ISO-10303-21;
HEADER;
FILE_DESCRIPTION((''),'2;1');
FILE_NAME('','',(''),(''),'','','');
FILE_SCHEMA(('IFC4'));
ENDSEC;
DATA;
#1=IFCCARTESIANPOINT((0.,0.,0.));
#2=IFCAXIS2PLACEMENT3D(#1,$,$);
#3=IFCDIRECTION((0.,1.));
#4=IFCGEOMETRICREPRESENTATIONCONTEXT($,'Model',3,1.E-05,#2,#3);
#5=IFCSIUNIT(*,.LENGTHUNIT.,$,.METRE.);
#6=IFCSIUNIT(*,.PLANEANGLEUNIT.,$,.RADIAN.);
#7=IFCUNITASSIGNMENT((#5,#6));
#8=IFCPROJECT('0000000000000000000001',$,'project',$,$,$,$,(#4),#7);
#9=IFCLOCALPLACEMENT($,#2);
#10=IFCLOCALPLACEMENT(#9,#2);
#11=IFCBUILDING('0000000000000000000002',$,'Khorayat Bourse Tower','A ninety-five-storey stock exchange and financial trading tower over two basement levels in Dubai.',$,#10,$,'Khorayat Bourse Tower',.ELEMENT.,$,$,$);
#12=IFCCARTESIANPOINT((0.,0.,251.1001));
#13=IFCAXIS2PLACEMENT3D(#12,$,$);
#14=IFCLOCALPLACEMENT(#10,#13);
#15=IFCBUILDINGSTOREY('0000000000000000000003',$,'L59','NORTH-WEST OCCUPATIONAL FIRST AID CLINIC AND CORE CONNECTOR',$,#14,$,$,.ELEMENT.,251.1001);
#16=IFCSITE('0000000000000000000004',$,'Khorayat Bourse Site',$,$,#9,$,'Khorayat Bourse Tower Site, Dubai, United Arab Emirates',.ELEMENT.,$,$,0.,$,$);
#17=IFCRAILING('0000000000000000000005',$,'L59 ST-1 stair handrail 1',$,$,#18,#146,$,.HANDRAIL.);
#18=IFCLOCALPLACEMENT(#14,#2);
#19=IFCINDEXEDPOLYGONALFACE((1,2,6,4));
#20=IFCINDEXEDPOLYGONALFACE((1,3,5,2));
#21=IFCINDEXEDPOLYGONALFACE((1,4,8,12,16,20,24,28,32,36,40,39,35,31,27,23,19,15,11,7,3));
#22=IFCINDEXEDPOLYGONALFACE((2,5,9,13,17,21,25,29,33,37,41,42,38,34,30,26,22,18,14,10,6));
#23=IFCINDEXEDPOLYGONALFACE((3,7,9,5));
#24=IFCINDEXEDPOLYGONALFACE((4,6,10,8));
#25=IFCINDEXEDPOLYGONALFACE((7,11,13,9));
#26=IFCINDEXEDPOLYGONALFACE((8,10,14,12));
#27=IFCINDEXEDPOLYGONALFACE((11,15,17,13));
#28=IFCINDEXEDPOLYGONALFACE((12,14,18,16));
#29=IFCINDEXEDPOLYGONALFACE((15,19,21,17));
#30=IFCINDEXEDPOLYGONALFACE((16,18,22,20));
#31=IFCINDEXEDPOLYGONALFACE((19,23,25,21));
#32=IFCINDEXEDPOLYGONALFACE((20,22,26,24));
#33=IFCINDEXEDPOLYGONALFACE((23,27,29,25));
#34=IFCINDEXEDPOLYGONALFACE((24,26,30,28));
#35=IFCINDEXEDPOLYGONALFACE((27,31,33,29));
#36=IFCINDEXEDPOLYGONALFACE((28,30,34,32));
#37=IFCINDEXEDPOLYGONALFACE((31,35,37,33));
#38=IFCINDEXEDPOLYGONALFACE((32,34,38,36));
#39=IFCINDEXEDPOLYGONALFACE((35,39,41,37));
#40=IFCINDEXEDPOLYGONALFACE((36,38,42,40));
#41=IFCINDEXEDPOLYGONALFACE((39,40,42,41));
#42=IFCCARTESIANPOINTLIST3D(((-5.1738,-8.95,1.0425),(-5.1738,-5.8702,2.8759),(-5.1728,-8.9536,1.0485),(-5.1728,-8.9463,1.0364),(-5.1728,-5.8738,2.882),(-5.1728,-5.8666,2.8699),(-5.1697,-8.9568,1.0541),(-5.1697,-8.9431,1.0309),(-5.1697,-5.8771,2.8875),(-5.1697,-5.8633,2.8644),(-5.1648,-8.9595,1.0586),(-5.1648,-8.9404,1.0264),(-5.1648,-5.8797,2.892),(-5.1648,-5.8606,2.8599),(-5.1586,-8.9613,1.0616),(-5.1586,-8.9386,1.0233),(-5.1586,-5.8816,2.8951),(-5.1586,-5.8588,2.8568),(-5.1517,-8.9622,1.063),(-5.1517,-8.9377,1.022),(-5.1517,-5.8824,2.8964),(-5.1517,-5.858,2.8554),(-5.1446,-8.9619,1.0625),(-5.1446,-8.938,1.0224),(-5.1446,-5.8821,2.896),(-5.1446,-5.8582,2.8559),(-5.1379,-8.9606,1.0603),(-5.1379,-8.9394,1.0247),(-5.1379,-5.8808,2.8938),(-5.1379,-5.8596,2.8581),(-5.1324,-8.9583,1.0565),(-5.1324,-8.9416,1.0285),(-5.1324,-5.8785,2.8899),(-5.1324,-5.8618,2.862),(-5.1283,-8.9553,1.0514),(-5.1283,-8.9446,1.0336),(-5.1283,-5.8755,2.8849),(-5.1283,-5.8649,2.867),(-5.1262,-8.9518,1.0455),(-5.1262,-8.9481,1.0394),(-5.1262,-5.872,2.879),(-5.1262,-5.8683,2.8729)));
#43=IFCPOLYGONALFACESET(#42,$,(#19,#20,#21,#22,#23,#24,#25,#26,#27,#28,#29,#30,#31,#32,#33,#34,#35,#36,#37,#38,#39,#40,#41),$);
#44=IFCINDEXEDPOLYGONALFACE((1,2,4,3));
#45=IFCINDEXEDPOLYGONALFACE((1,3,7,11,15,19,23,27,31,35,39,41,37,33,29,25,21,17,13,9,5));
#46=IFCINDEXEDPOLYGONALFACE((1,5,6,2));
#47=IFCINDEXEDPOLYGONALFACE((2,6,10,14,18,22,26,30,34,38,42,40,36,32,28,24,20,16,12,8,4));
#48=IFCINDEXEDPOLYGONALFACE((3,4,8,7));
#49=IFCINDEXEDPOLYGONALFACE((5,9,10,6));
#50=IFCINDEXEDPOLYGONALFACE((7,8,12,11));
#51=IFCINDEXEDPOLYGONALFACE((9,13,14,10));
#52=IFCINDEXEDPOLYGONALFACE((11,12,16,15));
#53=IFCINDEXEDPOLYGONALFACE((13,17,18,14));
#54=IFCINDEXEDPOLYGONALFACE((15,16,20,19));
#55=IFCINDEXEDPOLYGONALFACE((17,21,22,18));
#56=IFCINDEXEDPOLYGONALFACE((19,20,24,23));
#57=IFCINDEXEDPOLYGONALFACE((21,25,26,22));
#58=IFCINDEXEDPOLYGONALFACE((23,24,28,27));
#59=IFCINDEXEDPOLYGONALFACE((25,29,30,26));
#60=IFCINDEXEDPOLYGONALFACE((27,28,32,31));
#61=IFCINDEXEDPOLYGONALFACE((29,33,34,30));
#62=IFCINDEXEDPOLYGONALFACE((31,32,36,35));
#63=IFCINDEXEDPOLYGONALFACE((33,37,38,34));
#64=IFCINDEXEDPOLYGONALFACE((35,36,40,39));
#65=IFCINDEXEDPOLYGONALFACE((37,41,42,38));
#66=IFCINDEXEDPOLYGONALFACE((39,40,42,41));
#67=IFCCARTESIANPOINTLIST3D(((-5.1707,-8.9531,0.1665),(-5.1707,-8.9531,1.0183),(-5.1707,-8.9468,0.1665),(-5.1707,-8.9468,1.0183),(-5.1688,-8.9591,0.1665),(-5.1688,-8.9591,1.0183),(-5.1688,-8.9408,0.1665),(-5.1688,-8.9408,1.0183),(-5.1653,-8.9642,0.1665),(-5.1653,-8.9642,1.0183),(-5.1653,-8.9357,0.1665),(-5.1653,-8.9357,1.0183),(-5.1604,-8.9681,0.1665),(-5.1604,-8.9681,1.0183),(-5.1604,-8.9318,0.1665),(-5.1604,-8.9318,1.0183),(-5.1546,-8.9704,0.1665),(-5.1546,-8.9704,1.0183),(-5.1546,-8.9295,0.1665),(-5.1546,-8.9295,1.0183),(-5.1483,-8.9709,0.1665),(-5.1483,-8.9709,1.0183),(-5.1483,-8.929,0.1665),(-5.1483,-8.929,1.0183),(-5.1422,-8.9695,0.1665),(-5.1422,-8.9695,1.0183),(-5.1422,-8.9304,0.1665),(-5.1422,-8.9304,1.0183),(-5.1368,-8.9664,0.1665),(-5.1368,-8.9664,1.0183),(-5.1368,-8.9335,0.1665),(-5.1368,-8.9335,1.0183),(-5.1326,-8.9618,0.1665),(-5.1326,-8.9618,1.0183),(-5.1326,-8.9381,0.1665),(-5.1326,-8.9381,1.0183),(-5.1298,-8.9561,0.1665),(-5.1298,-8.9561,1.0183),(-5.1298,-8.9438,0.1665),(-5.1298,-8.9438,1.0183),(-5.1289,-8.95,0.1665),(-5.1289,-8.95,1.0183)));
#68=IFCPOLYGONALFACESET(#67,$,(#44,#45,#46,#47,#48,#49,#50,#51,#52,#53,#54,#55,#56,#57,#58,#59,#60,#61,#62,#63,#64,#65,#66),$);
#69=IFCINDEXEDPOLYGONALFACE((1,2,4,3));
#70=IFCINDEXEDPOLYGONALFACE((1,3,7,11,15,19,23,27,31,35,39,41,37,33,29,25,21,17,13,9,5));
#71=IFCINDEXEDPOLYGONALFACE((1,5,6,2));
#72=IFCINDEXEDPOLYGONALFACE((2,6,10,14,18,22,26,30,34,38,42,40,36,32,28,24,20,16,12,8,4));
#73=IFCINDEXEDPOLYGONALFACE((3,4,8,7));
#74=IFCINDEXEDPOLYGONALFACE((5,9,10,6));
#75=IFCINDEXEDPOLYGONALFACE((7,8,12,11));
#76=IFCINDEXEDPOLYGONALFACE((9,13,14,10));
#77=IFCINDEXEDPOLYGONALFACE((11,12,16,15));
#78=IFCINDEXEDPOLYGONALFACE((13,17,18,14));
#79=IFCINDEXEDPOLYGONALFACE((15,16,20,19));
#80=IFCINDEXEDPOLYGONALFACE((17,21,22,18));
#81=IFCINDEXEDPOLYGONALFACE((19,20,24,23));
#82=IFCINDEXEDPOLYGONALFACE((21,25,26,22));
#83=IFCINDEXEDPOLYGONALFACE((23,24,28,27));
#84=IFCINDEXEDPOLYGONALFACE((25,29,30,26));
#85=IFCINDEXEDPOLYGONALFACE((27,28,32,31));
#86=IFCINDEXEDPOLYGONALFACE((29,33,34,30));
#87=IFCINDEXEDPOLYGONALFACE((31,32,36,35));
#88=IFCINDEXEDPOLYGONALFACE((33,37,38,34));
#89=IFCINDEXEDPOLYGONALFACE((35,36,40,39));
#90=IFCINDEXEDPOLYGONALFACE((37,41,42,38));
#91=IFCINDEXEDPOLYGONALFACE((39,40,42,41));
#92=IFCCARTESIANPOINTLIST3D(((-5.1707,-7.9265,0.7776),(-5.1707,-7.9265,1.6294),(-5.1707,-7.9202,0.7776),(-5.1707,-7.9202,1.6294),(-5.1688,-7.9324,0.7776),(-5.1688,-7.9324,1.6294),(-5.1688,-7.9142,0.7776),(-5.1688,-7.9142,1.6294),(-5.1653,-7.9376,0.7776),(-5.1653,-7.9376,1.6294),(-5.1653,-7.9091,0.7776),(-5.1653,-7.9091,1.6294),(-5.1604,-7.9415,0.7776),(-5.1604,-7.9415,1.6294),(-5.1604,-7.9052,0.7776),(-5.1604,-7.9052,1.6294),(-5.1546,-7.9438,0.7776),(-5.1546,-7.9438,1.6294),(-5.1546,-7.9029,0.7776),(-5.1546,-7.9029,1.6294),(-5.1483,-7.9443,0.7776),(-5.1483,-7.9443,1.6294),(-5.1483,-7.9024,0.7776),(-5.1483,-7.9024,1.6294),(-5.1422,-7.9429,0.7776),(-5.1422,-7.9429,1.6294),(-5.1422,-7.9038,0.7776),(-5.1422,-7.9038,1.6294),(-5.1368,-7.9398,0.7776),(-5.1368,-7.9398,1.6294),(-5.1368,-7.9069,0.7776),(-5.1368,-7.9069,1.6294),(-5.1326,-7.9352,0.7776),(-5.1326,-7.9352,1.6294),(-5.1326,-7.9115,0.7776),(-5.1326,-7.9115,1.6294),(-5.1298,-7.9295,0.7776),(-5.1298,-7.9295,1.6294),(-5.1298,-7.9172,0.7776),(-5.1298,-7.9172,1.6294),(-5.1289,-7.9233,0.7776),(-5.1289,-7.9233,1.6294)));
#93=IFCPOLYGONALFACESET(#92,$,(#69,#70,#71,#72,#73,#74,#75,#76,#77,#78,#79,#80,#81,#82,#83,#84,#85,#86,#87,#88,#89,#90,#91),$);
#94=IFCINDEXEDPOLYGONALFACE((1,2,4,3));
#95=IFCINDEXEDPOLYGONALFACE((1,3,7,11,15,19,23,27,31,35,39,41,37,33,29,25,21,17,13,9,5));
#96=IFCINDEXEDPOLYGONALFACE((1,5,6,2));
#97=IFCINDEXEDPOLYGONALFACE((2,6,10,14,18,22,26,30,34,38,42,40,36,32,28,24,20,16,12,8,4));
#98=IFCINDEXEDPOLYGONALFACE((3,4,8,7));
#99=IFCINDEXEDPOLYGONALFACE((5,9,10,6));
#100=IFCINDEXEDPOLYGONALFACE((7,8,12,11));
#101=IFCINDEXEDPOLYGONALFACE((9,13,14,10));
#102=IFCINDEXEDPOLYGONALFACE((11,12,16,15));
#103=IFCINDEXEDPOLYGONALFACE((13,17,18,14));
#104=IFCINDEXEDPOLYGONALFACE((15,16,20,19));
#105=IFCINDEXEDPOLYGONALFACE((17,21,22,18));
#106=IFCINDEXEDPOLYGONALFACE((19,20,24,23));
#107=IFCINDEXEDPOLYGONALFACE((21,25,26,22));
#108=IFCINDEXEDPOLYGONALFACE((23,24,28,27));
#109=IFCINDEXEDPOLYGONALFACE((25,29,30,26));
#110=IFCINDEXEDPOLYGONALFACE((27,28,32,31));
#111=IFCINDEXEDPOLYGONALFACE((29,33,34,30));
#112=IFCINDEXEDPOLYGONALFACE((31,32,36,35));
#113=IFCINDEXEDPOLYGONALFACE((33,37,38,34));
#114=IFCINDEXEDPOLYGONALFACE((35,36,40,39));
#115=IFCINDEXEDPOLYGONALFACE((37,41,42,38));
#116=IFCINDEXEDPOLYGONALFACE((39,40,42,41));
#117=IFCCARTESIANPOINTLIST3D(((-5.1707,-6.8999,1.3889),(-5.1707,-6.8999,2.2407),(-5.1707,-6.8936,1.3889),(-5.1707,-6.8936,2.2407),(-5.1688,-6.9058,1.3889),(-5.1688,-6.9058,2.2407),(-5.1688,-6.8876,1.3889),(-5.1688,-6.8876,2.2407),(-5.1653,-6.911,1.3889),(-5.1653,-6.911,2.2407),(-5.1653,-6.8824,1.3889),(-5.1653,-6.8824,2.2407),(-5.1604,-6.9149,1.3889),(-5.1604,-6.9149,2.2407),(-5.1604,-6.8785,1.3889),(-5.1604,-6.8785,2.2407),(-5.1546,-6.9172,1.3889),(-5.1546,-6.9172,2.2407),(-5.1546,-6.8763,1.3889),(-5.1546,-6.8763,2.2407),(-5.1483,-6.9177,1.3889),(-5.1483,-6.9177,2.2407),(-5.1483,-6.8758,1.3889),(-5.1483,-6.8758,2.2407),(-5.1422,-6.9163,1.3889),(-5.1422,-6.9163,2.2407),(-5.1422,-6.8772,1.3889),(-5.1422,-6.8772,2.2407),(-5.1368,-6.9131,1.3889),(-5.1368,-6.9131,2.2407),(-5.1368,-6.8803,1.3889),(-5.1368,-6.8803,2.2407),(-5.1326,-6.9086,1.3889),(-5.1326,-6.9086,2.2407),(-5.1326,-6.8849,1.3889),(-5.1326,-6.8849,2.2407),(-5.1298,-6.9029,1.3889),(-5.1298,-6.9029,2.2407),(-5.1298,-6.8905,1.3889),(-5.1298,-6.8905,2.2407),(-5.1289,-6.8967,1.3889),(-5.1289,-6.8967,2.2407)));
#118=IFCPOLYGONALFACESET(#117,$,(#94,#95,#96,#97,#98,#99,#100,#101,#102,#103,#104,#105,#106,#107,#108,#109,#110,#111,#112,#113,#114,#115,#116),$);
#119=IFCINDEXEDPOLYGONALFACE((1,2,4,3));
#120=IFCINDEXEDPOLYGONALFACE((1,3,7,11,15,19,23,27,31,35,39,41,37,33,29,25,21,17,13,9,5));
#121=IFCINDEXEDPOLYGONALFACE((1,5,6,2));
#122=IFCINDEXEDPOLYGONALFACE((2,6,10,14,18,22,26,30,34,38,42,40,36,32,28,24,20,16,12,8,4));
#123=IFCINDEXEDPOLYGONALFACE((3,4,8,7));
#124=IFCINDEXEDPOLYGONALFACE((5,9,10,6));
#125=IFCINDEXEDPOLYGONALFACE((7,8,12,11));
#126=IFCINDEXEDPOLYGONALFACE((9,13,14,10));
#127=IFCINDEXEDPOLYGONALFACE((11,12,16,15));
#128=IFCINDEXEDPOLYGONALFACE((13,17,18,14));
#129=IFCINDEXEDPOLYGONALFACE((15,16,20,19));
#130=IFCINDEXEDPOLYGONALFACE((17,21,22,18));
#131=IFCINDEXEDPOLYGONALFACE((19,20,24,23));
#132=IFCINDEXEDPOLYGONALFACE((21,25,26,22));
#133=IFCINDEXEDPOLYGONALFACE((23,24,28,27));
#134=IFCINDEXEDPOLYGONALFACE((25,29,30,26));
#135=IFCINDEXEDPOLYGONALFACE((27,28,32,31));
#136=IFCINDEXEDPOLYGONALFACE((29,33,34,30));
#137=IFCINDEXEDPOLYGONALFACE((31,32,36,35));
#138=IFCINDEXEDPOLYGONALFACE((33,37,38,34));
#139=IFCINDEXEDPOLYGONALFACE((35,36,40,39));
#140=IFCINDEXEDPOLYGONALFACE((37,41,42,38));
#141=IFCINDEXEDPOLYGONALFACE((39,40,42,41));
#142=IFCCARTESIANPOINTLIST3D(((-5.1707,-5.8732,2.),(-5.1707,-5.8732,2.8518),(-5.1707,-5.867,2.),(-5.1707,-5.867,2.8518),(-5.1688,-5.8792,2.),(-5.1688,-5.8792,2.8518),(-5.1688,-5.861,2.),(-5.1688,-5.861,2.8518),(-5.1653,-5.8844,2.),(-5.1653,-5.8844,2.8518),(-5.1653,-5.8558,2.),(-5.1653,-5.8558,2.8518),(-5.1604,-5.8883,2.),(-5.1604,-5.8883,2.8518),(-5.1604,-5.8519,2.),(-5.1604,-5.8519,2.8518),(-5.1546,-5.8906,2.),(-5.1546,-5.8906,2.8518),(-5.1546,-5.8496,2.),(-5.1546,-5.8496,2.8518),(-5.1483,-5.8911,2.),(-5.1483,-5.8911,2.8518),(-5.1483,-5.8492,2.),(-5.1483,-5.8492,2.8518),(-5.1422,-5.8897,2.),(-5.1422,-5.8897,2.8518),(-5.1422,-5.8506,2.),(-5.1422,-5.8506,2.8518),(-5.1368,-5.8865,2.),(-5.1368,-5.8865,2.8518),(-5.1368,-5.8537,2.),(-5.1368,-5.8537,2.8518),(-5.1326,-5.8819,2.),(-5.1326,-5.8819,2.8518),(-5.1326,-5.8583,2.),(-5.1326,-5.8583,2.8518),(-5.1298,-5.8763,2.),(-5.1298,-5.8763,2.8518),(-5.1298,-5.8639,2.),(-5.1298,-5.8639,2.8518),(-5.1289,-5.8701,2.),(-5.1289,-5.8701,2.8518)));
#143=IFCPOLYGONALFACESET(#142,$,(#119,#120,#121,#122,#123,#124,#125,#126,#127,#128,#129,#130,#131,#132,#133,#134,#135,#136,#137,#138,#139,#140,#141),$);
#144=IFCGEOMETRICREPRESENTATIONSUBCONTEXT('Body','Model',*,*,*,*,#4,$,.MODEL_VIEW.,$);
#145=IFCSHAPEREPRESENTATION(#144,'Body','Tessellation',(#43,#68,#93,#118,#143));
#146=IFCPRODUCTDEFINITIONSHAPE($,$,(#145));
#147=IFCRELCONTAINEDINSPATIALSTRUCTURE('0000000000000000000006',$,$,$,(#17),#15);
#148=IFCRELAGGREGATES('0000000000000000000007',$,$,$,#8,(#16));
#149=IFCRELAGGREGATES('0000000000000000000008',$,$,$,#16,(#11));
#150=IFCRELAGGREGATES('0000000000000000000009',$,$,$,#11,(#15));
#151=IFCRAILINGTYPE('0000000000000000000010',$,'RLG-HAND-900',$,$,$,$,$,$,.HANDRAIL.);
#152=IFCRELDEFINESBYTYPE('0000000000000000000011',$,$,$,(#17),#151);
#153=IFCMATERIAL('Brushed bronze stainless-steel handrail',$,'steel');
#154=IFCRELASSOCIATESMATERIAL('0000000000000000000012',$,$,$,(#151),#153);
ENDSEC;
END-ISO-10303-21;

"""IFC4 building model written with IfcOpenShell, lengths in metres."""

from ifc_helpers import new_model, si_unit, direction, frame, origin, origin_2d, place, context, subcontext, project, spatial, circle, extrude, source, transform, mapped, material, type_object, element, save


model = new_model("IFC4")

# Units and contexts
model_context = context("Model", 3, precision=1e-05, world=origin(), true_north=direction((0.0, 1.0)))
body_context = subcontext(model_context, "Body", "Model", "MODEL_VIEW")
ifc_project = project(units=[si_unit("LENGTHUNIT", "METRE"), si_unit("PLANEANGLEUNIT", "RADIAN")], contexts=[model_context])

# Site, building, storey
site_placement = place(None, origin())
site = spatial("IfcSite", under=ifc_project, at=site_placement, Name="Khorayat Bourse Site", LongName="Khorayat Bourse Tower Site, Dubai, United Arab Emirates", CompositionType="ELEMENT", RefElevation=0.0)
building_placement = place(site_placement, origin())
building = spatial("IfcBuilding", under=site, at=building_placement, Name="Khorayat Bourse Tower", Description="A ninety-five-storey stock exchange and financial trading tower over two basement levels in Dubai.", LongName="Khorayat Bourse Tower", CompositionType="ELEMENT")
storey_placement = place(building_placement, frame((0.0, 0.0, 251.1001)))
storey = spatial("IfcBuildingStorey", under=building, at=storey_placement, Name="L59", Description="NORTH-WEST OCCUPATIONAL FIRST AID CLINIC AND CORE CONNECTOR", CompositionType="ELEMENT", Elevation=251.1001)

# Railing
ifc_material_1 = material(Name="Brushed bronze stainless-steel handrail", Category="steel")
railing_type_1 = type_object("IfcRailingType", Name="RLG-HAND-900", PredefinedType="HANDRAIL", material=ifc_material_1)
shared_shape_1 = source(origin(), body_context, "Body", "SweptSolid", [
    extrude(circle(Radius=0.0239, at=origin_2d()), frame((0.0, 0.0, 0.876), z_axis=(0.0, 0.859261, 0.511538), x_axis=(-1.0, 0.0, 0.0)), (0.0, 0.0, 1.0), 3.5842),
    extrude(circle(Radius=0.021, at=origin_2d()), origin(), (0.0, 0.0, 1.0), 0.8518),
    extrude(circle(Radius=0.021, at=origin_2d()), frame((0.0, 1.0266, 0.6111)), (0.0, 0.0, 1.0), 0.8518),
    extrude(circle(Radius=0.021, at=origin_2d()), frame((0.0, 2.0532, 1.2224)), (0.0, 0.0, 1.0), 0.8518),
    extrude(circle(Radius=0.021, at=origin_2d()), frame((0.0, 3.0798, 1.8335)), (0.0, 0.0, 1.0), 0.8518),
])
railing_1_placement = place(storey_placement, frame((-5.1499, -8.95, 0.1665)))
element("IfcRailing", 1, at=railing_1_placement, inside=storey, type_object=railing_type_1, Name="L59 ST-1 stair handrail 1", PredefinedType="HANDRAIL", context=body_context, shape_type="MappedRepresentation", body=[
    mapped(shared_shape_1, transform((0.0, 0.0, 0.0), scale=1.0)),
])

save(model, "model.ifc")
